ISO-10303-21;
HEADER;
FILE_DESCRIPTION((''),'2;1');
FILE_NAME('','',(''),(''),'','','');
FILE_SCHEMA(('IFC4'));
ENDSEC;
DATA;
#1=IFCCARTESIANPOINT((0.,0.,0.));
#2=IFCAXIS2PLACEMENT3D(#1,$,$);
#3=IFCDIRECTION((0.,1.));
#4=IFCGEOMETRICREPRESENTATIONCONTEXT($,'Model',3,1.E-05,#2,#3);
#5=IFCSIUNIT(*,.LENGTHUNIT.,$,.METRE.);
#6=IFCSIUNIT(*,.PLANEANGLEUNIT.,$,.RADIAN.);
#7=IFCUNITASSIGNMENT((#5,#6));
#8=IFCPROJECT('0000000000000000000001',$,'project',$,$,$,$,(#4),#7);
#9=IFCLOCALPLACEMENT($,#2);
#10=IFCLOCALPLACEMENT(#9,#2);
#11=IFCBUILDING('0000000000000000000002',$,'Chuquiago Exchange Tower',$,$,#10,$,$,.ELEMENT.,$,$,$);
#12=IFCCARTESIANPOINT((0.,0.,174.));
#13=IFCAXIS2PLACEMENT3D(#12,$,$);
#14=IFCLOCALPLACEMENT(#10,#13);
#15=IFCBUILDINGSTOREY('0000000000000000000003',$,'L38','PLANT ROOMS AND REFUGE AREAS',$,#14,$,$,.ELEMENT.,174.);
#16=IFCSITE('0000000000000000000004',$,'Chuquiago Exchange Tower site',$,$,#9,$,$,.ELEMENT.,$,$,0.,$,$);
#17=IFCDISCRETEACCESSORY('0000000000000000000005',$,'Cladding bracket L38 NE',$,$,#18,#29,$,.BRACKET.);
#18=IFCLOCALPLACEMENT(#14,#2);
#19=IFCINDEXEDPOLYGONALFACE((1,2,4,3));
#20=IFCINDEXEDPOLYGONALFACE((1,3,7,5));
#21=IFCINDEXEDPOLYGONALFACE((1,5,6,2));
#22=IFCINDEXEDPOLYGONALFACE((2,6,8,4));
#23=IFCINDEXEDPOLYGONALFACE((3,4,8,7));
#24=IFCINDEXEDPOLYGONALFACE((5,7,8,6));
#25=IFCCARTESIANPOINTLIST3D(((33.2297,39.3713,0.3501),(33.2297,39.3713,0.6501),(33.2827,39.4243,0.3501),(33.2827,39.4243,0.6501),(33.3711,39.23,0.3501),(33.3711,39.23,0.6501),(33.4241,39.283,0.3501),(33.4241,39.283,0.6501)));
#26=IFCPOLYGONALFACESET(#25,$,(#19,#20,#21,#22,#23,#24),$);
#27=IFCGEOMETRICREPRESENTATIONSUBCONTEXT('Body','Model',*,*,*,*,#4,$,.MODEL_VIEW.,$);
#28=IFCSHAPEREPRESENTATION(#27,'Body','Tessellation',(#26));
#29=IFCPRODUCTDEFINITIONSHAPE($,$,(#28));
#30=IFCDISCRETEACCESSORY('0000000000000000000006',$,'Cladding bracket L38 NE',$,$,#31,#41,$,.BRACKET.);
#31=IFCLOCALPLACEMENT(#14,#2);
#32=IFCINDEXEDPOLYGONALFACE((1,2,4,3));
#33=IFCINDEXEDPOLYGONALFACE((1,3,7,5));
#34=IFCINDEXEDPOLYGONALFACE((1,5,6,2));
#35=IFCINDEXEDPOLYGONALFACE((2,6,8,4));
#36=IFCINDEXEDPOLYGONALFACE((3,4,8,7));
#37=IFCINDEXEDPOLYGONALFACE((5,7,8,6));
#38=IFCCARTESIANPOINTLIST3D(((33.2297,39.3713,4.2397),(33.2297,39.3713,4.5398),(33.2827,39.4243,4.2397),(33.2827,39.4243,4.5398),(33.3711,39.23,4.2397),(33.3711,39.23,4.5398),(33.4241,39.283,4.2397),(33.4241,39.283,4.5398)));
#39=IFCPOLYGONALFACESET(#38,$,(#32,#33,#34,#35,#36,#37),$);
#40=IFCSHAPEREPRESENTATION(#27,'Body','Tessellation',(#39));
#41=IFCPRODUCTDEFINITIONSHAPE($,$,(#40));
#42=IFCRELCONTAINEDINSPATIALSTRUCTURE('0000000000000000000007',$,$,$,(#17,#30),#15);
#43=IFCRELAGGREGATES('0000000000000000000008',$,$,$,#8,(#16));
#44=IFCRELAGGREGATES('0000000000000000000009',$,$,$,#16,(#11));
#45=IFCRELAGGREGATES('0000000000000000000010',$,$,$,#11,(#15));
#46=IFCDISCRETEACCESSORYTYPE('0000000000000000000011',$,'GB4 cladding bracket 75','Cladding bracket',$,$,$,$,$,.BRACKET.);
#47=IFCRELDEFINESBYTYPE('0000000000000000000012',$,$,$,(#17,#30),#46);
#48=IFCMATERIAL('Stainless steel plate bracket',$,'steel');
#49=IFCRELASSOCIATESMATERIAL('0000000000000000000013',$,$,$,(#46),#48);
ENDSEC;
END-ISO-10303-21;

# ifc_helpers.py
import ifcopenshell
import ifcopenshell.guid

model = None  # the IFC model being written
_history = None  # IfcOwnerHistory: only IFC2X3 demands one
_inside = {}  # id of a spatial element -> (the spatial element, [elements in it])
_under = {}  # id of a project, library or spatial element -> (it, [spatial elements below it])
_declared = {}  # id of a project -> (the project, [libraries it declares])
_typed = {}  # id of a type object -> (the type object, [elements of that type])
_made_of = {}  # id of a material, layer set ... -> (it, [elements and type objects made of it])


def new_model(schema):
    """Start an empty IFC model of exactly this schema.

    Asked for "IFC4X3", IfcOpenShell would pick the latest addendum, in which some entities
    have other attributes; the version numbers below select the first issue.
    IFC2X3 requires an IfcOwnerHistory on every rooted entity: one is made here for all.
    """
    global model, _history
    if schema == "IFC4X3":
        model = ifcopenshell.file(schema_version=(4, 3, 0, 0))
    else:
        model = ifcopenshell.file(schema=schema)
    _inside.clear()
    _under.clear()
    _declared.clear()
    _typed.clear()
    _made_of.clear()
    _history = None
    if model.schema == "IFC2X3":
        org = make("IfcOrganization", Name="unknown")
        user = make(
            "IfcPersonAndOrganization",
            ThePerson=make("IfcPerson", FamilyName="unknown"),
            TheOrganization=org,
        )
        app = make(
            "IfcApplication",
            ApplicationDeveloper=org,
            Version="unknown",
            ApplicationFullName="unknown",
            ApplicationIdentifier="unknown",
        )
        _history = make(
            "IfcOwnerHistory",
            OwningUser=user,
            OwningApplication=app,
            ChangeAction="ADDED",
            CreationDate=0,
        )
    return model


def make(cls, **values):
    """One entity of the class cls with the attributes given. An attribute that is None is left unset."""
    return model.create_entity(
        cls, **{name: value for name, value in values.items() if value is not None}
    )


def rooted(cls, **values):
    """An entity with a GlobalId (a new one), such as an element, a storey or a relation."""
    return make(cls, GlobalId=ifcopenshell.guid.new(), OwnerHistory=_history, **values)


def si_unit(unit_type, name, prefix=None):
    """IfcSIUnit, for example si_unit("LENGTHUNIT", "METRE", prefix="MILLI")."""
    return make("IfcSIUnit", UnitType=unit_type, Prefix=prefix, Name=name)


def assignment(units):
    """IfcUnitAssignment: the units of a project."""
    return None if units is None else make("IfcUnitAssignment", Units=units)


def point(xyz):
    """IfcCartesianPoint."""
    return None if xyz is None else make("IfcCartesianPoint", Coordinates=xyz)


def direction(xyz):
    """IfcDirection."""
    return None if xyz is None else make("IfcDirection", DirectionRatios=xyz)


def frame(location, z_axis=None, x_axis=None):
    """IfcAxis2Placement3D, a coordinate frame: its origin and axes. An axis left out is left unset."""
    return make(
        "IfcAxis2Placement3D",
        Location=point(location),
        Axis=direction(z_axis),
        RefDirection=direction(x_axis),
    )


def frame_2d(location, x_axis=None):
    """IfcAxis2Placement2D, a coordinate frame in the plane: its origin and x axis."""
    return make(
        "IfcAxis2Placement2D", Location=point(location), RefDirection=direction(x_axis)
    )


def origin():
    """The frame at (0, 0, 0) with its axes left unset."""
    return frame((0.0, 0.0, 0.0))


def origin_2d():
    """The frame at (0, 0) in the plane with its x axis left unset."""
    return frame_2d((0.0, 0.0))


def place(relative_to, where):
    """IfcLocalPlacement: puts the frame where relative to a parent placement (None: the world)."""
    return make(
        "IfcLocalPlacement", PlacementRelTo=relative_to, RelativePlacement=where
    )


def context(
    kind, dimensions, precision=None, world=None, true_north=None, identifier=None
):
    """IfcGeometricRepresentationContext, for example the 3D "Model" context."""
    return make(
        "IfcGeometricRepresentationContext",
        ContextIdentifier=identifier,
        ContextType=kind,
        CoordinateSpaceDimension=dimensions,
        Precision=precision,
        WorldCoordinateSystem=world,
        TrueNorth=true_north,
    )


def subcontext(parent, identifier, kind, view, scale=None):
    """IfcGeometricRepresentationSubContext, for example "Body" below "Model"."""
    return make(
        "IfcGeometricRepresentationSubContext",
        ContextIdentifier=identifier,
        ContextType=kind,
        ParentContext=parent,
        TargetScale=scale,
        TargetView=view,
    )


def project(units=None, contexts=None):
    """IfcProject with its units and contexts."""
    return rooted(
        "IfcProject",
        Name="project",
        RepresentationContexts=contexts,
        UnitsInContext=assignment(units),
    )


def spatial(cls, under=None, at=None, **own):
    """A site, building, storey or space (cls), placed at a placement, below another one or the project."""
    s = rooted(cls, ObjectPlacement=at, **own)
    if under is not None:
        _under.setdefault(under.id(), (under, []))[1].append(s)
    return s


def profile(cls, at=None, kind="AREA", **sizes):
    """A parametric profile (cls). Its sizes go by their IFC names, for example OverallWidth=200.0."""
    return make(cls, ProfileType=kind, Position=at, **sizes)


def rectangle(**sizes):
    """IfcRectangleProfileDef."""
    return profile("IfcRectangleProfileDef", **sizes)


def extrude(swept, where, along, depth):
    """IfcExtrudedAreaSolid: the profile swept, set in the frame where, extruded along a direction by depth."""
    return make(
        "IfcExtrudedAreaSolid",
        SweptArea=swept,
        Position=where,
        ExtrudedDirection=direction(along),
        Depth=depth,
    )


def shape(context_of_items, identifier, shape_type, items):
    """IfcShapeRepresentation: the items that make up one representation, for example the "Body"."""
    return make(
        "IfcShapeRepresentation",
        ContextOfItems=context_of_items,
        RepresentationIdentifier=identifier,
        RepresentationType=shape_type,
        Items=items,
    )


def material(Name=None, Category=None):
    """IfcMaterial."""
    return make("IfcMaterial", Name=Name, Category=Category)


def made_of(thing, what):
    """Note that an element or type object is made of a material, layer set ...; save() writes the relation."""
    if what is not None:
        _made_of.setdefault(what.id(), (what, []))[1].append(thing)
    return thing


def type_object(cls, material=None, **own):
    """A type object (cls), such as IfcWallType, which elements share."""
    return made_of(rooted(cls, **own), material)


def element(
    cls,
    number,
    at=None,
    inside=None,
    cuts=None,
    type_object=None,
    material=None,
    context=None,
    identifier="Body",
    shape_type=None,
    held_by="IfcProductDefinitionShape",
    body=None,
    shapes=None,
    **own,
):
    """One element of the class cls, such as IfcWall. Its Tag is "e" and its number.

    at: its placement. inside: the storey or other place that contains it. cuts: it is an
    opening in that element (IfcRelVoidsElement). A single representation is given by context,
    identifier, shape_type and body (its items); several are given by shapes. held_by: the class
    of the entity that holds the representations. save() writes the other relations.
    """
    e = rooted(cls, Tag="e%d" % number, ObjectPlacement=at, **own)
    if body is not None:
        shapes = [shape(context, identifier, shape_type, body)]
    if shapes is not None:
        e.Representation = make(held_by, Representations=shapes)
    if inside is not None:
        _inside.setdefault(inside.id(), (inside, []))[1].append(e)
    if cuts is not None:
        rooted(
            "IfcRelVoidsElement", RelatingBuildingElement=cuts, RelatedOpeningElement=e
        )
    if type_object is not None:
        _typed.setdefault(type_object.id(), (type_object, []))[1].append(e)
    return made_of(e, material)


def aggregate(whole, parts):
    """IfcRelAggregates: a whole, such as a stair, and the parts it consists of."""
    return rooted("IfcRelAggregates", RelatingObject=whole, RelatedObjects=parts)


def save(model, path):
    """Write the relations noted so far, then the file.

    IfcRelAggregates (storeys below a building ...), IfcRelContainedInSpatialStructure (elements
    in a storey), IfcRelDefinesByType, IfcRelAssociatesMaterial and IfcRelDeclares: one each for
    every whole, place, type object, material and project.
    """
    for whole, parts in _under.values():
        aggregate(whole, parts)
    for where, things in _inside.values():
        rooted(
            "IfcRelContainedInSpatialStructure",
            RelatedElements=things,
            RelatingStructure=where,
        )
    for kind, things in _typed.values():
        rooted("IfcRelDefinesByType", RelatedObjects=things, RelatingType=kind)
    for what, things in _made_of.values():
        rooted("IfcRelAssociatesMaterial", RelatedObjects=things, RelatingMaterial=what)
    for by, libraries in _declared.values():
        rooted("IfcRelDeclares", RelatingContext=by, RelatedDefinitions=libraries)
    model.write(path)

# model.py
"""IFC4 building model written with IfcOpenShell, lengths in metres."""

from ifc_helpers import new_model, si_unit, direction, frame, origin, origin_2d, place, context, subcontext, project, spatial, rectangle, extrude, material, type_object, element, save


model = new_model("IFC4")

# Units and contexts
model_context = context("Model", 3, precision=1e-05, world=origin(), true_north=direction((0.0, 1.0)))
body_context = subcontext(model_context, "Body", "Model", "MODEL_VIEW")
ifc_project = project(units=[si_unit("LENGTHUNIT", "METRE"), si_unit("PLANEANGLEUNIT", "RADIAN")], contexts=[model_context])

# Site, building, storey
site_placement = place(None, origin())
site = spatial("IfcSite", under=ifc_project, at=site_placement, Name="Chuquiago Exchange Tower site", CompositionType="ELEMENT", RefElevation=0.0)
building_placement = place(site_placement, origin())
building = spatial("IfcBuilding", under=site, at=building_placement, Name="Chuquiago Exchange Tower", CompositionType="ELEMENT")
storey_placement = place(building_placement, frame((0.0, 0.0, 174.0)))
storey = spatial("IfcBuildingStorey", under=building, at=storey_placement, Name="L38", Description="PLANT ROOMS AND REFUGE AREAS", CompositionType="ELEMENT", Elevation=174.0)

# Discrete accessories
ifc_material_1 = material(Name="Stainless steel plate bracket", Category="steel")
discrete_accessory_type = type_object("IfcDiscreteAccessoryType", Name="GB4 cladding bracket 75", Description="Cladding bracket", PredefinedType="BRACKET", material=ifc_material_1)
for number, where, z_axis, x_axis, name in (
    (1, (33.3269, 39.3271, 0.3501), (0.0, 0.0, 1.0), (-0.707107, 0.707107, 0.0), "Cladding bracket L38 NE"),
    (2, (33.3269, 39.3271, 4.2397), (0.0, 0.0, 1.0), (-0.707107, 0.707107, 0.0), "Cladding bracket L38 NE"),
):
    element("IfcDiscreteAccessory", number, at=place(storey_placement, frame(where, z_axis=z_axis, x_axis=x_axis)), inside=storey, type_object=discrete_accessory_type, Name=name, PredefinedType="BRACKET", context=body_context, shape_type="SweptSolid", body=[
        extrude(rectangle(XDim=0.2, YDim=0.075, at=origin_2d()), origin(), (0.0, 0.0, 1.0), 0.3),
    ])

save(model, "model.ifc")
